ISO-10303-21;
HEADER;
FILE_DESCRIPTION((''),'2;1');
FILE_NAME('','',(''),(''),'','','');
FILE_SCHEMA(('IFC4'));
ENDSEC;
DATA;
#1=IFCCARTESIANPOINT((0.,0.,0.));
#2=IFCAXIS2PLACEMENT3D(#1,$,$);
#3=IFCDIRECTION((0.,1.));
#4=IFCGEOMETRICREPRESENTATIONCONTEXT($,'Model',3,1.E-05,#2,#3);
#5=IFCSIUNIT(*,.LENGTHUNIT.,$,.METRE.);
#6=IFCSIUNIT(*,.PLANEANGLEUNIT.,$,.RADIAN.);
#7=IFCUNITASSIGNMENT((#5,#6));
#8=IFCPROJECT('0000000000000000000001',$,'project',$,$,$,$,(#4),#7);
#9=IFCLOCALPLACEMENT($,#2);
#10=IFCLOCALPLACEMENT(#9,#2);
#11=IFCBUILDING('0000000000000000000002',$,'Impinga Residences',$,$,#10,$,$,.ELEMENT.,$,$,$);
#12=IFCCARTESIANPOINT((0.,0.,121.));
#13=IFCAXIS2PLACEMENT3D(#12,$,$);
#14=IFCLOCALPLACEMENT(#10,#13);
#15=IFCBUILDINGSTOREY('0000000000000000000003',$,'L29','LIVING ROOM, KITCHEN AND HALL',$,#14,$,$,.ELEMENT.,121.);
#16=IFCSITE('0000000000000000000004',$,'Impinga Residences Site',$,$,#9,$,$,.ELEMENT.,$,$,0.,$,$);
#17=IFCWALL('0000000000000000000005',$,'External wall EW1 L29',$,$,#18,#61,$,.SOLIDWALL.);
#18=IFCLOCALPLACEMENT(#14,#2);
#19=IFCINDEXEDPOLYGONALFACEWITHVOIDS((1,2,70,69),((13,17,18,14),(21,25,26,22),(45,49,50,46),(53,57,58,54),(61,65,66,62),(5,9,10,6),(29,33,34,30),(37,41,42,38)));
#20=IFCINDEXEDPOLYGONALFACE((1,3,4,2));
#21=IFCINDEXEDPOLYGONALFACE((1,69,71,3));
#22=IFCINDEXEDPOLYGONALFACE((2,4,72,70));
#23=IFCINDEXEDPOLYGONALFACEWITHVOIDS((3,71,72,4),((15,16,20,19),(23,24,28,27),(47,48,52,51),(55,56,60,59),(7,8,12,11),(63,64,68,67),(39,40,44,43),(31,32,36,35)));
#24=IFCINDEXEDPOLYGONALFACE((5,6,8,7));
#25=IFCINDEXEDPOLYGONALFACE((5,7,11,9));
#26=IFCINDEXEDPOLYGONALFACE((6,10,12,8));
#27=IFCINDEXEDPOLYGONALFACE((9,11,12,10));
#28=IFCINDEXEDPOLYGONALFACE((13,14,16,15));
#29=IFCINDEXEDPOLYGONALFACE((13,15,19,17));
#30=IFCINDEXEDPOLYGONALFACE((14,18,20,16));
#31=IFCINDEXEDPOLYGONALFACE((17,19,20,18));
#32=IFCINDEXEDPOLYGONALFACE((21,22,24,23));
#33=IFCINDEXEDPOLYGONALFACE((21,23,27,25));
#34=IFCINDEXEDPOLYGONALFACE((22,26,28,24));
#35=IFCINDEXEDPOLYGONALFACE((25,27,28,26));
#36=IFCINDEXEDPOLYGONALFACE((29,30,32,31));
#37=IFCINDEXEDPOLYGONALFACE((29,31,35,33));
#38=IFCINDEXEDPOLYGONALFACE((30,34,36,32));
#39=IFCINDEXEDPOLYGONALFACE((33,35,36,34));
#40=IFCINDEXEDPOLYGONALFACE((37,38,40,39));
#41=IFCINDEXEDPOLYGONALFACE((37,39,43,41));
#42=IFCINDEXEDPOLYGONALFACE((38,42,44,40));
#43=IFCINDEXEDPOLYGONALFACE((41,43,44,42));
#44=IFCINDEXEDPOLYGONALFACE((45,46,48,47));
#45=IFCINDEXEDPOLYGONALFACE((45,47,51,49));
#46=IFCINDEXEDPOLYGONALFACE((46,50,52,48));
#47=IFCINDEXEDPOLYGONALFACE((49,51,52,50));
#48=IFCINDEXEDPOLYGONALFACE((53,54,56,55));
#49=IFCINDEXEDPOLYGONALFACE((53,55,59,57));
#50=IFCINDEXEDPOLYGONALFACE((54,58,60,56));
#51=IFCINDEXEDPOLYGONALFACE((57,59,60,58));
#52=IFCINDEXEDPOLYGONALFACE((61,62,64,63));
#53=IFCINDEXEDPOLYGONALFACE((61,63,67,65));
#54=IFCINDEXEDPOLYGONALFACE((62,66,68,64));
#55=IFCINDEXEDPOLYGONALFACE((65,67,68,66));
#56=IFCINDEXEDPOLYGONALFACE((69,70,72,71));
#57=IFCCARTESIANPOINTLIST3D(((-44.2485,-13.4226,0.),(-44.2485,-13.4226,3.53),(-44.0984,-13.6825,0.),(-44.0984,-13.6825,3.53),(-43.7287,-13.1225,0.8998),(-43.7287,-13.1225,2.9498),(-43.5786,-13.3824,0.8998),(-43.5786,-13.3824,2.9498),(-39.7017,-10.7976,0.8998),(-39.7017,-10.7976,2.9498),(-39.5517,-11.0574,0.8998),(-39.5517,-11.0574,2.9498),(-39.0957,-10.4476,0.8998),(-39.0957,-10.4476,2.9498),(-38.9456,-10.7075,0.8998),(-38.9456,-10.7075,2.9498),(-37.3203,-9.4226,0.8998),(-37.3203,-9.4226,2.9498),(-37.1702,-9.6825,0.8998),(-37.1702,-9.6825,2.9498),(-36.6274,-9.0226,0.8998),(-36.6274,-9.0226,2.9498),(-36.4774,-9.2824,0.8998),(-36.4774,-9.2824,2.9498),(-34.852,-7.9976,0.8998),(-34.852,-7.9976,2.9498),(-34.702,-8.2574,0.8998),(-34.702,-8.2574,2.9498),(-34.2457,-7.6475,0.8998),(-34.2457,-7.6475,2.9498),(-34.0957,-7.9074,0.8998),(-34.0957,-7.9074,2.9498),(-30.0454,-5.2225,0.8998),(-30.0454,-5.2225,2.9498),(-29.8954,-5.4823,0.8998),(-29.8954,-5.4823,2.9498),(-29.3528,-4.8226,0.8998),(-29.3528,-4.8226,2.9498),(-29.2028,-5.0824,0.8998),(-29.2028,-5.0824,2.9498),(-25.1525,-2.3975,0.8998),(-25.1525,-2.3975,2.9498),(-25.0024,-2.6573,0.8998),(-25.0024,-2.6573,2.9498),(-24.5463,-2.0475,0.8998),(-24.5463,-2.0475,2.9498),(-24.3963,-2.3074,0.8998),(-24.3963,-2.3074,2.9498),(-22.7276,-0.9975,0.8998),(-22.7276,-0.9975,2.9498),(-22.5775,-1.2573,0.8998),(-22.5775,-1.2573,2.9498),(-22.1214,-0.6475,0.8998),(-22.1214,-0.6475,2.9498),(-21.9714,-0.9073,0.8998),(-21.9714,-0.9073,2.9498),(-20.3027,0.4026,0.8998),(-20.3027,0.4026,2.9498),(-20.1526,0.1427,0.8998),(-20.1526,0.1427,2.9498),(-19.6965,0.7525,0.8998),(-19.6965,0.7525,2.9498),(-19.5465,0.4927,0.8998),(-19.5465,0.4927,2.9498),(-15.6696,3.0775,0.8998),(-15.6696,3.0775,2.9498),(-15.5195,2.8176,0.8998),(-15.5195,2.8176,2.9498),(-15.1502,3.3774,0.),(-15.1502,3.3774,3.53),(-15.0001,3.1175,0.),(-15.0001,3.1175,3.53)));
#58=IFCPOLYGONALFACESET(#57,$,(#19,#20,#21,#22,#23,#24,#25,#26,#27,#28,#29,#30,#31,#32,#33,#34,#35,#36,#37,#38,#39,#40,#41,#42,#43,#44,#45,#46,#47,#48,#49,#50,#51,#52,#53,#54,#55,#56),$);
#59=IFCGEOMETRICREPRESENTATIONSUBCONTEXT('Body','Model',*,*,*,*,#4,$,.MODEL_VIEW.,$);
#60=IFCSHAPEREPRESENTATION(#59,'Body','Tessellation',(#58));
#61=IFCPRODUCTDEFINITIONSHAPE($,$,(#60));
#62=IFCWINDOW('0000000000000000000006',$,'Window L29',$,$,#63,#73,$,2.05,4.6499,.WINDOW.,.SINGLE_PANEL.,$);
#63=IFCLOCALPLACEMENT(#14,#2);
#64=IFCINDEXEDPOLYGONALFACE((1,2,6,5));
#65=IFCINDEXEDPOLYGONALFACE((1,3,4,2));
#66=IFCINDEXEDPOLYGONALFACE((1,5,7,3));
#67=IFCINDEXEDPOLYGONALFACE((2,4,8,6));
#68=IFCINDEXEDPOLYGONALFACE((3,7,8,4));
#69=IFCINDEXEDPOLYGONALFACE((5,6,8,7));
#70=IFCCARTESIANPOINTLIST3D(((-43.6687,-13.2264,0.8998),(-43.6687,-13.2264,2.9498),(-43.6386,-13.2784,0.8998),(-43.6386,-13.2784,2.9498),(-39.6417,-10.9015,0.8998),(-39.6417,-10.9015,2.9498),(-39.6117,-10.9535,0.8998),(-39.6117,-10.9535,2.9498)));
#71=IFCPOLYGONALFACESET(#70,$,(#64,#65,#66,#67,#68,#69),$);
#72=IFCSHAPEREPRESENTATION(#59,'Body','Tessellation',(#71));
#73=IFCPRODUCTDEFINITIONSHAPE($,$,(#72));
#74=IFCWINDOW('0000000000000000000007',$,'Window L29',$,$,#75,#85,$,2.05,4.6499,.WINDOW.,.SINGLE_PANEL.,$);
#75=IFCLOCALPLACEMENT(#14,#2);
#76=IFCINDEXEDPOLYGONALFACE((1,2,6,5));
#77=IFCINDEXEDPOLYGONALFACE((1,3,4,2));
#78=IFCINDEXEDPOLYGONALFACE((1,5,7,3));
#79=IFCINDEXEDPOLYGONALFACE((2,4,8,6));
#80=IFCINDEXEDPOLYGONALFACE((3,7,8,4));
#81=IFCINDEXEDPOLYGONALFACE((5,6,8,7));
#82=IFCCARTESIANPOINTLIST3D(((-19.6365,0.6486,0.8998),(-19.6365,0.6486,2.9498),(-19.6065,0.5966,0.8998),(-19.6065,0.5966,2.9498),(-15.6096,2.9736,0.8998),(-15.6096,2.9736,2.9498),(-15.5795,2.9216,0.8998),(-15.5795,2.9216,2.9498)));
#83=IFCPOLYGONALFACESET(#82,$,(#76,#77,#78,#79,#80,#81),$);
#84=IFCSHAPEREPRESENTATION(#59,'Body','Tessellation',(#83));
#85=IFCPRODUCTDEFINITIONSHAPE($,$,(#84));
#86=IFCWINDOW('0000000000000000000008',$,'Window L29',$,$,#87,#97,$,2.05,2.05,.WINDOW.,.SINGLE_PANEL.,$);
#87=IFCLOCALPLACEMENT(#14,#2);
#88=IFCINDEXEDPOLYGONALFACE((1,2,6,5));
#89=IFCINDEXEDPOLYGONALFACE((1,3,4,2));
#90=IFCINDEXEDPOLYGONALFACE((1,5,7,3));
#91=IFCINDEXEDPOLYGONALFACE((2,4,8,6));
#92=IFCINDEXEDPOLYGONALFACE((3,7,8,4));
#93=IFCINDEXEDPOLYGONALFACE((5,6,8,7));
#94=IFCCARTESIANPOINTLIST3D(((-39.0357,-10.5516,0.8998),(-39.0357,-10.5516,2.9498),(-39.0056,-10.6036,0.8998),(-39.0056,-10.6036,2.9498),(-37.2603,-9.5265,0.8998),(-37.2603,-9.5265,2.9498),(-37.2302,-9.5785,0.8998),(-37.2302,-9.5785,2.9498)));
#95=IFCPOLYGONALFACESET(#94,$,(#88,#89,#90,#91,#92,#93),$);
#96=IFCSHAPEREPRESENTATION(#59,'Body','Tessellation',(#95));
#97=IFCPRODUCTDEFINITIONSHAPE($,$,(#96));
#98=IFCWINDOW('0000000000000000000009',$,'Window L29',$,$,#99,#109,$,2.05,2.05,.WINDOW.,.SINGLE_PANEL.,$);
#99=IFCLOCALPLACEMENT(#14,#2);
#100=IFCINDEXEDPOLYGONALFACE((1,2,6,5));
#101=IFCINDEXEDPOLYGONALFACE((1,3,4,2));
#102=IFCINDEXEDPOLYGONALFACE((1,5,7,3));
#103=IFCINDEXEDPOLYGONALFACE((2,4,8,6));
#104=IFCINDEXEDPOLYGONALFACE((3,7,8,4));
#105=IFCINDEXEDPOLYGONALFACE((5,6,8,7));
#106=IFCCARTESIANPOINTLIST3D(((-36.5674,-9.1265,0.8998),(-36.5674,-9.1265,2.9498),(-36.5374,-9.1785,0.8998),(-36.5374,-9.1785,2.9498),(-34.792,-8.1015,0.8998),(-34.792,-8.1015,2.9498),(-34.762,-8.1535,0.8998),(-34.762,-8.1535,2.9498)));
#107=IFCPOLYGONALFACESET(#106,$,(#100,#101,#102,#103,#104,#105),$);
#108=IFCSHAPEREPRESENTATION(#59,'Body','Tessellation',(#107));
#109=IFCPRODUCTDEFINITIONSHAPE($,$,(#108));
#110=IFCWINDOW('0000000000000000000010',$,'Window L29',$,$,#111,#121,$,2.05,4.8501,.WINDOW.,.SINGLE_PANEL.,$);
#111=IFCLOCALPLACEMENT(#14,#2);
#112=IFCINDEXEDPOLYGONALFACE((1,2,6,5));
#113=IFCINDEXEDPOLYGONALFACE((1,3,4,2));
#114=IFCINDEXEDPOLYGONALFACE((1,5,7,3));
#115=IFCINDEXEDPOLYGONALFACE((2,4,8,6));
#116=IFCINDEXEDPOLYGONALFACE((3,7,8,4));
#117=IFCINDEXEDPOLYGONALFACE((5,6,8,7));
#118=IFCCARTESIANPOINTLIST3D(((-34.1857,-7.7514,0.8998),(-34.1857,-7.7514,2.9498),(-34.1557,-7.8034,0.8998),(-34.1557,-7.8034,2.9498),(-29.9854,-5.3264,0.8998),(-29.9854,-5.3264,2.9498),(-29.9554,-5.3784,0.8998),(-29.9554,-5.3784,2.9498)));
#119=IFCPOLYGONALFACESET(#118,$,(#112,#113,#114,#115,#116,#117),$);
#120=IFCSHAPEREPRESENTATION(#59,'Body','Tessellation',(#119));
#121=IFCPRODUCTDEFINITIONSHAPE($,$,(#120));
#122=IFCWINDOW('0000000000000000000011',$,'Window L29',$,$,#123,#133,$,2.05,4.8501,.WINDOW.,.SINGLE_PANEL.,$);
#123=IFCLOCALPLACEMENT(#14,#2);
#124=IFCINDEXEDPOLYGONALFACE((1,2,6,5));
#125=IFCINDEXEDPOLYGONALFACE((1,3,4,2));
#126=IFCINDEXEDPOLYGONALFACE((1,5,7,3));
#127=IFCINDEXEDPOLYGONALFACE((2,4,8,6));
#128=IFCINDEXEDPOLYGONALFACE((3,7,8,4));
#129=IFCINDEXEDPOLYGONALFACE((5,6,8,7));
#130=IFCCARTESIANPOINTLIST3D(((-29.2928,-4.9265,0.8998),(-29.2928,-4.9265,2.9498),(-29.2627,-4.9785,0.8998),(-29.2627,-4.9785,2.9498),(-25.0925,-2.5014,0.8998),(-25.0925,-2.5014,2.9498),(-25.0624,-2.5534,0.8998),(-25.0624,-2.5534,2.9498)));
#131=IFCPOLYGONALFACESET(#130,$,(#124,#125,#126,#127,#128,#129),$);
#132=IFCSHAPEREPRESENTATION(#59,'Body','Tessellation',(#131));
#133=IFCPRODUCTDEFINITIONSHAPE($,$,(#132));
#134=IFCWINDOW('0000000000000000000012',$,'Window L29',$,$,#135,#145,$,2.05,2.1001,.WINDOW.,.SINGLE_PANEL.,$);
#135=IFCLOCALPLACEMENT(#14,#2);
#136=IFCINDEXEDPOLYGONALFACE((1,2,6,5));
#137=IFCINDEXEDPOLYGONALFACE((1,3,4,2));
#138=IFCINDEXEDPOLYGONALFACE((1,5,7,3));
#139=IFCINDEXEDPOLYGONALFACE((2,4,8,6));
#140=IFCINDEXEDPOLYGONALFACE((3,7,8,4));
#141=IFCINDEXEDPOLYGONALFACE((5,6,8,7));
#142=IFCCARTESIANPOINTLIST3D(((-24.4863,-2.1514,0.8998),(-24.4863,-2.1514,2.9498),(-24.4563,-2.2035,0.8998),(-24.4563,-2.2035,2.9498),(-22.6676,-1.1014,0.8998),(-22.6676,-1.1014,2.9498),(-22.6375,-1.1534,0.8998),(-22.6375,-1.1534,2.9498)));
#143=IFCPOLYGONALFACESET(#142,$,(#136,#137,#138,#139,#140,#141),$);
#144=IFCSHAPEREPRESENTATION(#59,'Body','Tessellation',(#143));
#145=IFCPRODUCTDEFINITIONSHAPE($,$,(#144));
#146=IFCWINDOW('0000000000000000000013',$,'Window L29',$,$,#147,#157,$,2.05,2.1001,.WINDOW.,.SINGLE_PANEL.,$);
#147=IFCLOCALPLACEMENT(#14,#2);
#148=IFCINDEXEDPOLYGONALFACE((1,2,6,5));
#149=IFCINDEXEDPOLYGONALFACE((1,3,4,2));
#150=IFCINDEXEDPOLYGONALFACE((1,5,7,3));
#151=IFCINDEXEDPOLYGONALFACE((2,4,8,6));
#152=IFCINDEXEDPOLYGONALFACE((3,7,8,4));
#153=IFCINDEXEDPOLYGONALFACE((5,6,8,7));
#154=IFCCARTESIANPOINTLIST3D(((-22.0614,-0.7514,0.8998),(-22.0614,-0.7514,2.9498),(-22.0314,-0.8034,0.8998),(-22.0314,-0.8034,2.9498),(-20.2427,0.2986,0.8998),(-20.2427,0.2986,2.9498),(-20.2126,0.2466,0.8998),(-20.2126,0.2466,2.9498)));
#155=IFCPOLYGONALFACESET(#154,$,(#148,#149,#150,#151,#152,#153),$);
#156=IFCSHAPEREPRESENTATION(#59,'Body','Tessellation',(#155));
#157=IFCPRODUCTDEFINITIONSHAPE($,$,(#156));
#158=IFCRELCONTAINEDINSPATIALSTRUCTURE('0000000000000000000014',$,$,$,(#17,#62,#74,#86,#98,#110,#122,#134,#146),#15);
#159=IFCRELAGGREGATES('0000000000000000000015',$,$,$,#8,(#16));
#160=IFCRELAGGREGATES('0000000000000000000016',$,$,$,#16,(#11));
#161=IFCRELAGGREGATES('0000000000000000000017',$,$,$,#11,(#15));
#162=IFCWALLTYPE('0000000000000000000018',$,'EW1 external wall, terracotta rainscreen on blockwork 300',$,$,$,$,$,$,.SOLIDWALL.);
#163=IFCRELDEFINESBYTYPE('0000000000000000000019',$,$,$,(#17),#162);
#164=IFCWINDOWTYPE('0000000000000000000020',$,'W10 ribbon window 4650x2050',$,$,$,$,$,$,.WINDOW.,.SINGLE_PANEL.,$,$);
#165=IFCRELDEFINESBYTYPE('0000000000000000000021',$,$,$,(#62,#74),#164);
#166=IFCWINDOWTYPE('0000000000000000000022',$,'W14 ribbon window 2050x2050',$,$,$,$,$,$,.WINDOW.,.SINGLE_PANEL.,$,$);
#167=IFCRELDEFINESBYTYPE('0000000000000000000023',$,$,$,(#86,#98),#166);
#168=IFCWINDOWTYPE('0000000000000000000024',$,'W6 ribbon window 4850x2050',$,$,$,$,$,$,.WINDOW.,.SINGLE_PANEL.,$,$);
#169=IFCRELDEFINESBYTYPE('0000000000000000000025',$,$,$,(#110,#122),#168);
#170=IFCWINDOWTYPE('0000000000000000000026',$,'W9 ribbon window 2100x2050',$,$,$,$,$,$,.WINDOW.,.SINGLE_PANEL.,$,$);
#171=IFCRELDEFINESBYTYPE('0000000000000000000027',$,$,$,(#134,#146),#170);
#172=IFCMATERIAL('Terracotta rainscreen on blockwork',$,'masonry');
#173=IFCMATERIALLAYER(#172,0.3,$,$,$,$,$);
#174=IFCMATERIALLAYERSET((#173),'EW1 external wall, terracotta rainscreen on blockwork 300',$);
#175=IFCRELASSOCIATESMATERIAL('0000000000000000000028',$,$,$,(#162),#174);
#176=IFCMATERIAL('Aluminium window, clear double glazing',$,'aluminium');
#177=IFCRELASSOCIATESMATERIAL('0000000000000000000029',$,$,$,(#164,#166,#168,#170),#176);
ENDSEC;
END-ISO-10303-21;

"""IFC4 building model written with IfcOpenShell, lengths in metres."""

from ifc_helpers import new_model, si_unit, direction, frame, frame_2d, origin, place, context, subcontext, project, spatial, rectangle, extrude, material, layer, layer_set, type_object, element, fill, save


model = new_model("IFC4")

# Units and contexts
model_context = context("Model", 3, precision=1e-05, world=origin(), true_north=direction((0.0, 1.0)))
body_context = subcontext(model_context, "Body", "Model", "MODEL_VIEW")
ifc_project = project(units=[si_unit("LENGTHUNIT", "METRE"), si_unit("PLANEANGLEUNIT", "RADIAN")], contexts=[model_context])

# Site, building, storey
site_placement = place(None, origin())
site = spatial("IfcSite", under=ifc_project, at=site_placement, Name="Impinga Residences Site", CompositionType="ELEMENT", RefElevation=0.0)
building_placement = place(site_placement, origin())
building = spatial("IfcBuilding", under=site, at=building_placement, Name="Impinga Residences", CompositionType="ELEMENT")
storey_placement = place(building_placement, frame((0.0, 0.0, 121.0)))
storey = spatial("IfcBuildingStorey", under=building, at=storey_placement, Name="L29", Description="LIVING ROOM, KITCHEN AND HALL", CompositionType="ELEMENT", Elevation=121.0)

# Shared definitions
ifc_material_1 = material(Name="Terracotta rainscreen on blockwork", Category="masonry")
ifc_layer_1 = layer(ifc_material_1, 0.3)
ifc_layer_set_1 = layer_set([ifc_layer_1], Name="EW1 external wall, terracotta rainscreen on blockwork 300")
wall_type_1 = type_object("IfcWallType", Name="EW1 external wall, terracotta rainscreen on blockwork 300", PredefinedType="SOLIDWALL", material=ifc_layer_set_1)

# Wall, openings, windows
wall_1_placement = place(storey_placement, frame((-44.1733, -13.5525, 0.0), z_axis=(0.0, 0.0, 1.0), x_axis=(0.866024, 0.500002, 0.0)))
wall_1 = element("IfcWall", 1, at=wall_1_placement, inside=storey, type_object=wall_type_1, Name="External wall EW1 L29", PredefinedType="SOLIDWALL", context=body_context, shape_type="SweptSolid", body=[
    extrude(rectangle(XDim=33.5999, YDim=0.3, at=frame_2d((16.7998, 0.0))), origin(), (0.0, 0.0, 1.0), 3.53),
])
opening_1_placement = place(wall_1_placement, frame((0.6001, 0.0, 0.8999)))
opening_1 = element("IfcOpeningElement", 2, at=opening_1_placement, cuts=wall_1, PredefinedType="OPENING", context=body_context, shape_type="SweptSolid", body=[
    extrude(rectangle(XDim=4.6499, YDim=2.05, at=frame_2d((2.325, 1.0249))), frame((0.0, 0.1599, 0.0), z_axis=(0.0, -1.0, 0.0), x_axis=(1.0, 0.0, 0.0)), (0.0, 0.0, 1.0), 0.3201),
])
opening_2_placement = place(wall_1_placement, frame((5.95, 0.0, 0.8999)))
opening_2 = element("IfcOpeningElement", 3, at=opening_2_placement, cuts=wall_1, PredefinedType="OPENING", context=body_context, shape_type="SweptSolid", body=[
    extrude(rectangle(XDim=2.05, YDim=2.05, at=frame_2d((1.0249, 1.0249))), frame((0.0, 0.1599, 0.0), z_axis=(0.0, -1.0, 0.0), x_axis=(1.0, 0.0, 0.0)), (0.0, 0.0, 1.0), 0.3201),
])
opening_3_placement = place(wall_1_placement, frame((8.8, 0.0, 0.8999)))
opening_3 = element("IfcOpeningElement", 4, at=opening_3_placement, cuts=wall_1, PredefinedType="OPENING", context=body_context, shape_type="SweptSolid", body=[
    extrude(rectangle(XDim=2.05, YDim=2.05, at=frame_2d((1.0249, 1.0249))), frame((0.0, 0.1599, 0.0), z_axis=(0.0, -1.0, 0.0), x_axis=(1.0, 0.0, 0.0)), (0.0, 0.0, 1.0), 0.3201),
])
opening_4_placement = place(wall_1_placement, frame((11.55, 0.0, 0.8999)))
opening_4 = element("IfcOpeningElement", 5, at=opening_4_placement, cuts=wall_1, PredefinedType="OPENING", context=body_context, shape_type="SweptSolid", body=[
    extrude(rectangle(XDim=4.8501, YDim=2.05, at=frame_2d((2.425, 1.0249))), frame((0.0, 0.1599, 0.0), z_axis=(0.0, -1.0, 0.0), x_axis=(1.0, 0.0, 0.0)), (0.0, 0.0, 1.0), 0.3201),
])
opening_5_placement = place(wall_1_placement, frame((17.2, 0.0, 0.8999)))
opening_5 = element("IfcOpeningElement", 6, at=opening_5_placement, cuts=wall_1, PredefinedType="OPENING", context=body_context, shape_type="SweptSolid", body=[
    extrude(rectangle(XDim=4.8501, YDim=2.05, at=frame_2d((2.425, 1.0249))), frame((0.0, 0.1599, 0.0), z_axis=(0.0, -1.0, 0.0), x_axis=(1.0, 0.0, 0.0)), (0.0, 0.0, 1.0), 0.3201),
])
opening_6_placement = place(wall_1_placement, frame((22.75, 0.0, 0.8999)))
opening_6 = element("IfcOpeningElement", 7, at=opening_6_placement, cuts=wall_1, PredefinedType="OPENING", context=body_context, shape_type="SweptSolid", body=[
    extrude(rectangle(XDim=2.1001, YDim=2.05, at=frame_2d((1.05, 1.0249))), frame((0.0, 0.1599, 0.0), z_axis=(0.0, -1.0, 0.0), x_axis=(1.0, 0.0, 0.0)), (0.0, 0.0, 1.0), 0.3201),
])
opening_7_placement = place(wall_1_placement, frame((25.55, 0.0, 0.8999)))
opening_7 = element("IfcOpeningElement", 8, at=opening_7_placement, cuts=wall_1, PredefinedType="OPENING", context=body_context, shape_type="SweptSolid", body=[
    extrude(rectangle(XDim=2.1001, YDim=2.05, at=frame_2d((1.05, 1.0249))), frame((0.0, 0.1599, 0.0), z_axis=(0.0, -1.0, 0.0), x_axis=(1.0, 0.0, 0.0)), (0.0, 0.0, 1.0), 0.3201),
])
opening_8_placement = place(wall_1_placement, frame((28.3501, 0.0, 0.8999)))
opening_8 = element("IfcOpeningElement", 9, at=opening_8_placement, cuts=wall_1, PredefinedType="OPENING", context=body_context, shape_type="SweptSolid", body=[
    extrude(rectangle(XDim=4.6499, YDim=2.05, at=frame_2d((2.325, 1.0249))), frame((0.0, 0.1599, 0.0), z_axis=(0.0, -1.0, 0.0), x_axis=(1.0, 0.0, 0.0)), (0.0, 0.0, 1.0), 0.3201),
])
ifc_material_2 = material(Name="Aluminium window, clear double glazing", Category="aluminium")
window_type_1 = type_object("IfcWindowType", Name="W10 ribbon window 4650x2050", PartitioningType="SINGLE_PANEL", PredefinedType="WINDOW", material=ifc_material_2)
window_1_placement = place(opening_1_placement, origin())
window_1 = element("IfcWindow", 10, at=window_1_placement, inside=storey, type_object=window_type_1, Name="Window L29", OverallHeight=2.05, OverallWidth=4.6499, PartitioningType="SINGLE_PANEL", PredefinedType="WINDOW", context=body_context, shape_type="SweptSolid", body=[
    extrude(rectangle(XDim=4.6499, YDim=2.05, at=frame_2d((2.325, 1.0249))), frame((0.0, 0.03, 0.0), z_axis=(0.0, -1.0, 0.0), x_axis=(1.0, 0.0, 0.0)), (0.0, 0.0, 1.0), 0.0601),
])
fill(opening_1, window_1)
window_2_placement = place(opening_8_placement, origin())
window_2 = element("IfcWindow", 11, at=window_2_placement, inside=storey, type_object=window_type_1, Name="Window L29", OverallHeight=2.05, OverallWidth=4.6499, PartitioningType="SINGLE_PANEL", PredefinedType="WINDOW", context=body_context, shape_type="SweptSolid", body=[
    extrude(rectangle(XDim=4.6499, YDim=2.05, at=frame_2d((2.325, 1.0249))), frame((0.0, 0.03, 0.0), z_axis=(0.0, -1.0, 0.0), x_axis=(1.0, 0.0, 0.0)), (0.0, 0.0, 1.0), 0.0601),
])
fill(opening_8, window_2)
window_type_2 = type_object("IfcWindowType", Name="W14 ribbon window 2050x2050", PartitioningType="SINGLE_PANEL", PredefinedType="WINDOW", material=ifc_material_2)
window_3_placement = place(opening_2_placement, origin())
window_3 = element("IfcWindow", 12, at=window_3_placement, inside=storey, type_object=window_type_2, Name="Window L29", OverallHeight=2.05, OverallWidth=2.05, PartitioningType="SINGLE_PANEL", PredefinedType="WINDOW", context=body_context, shape_type="SweptSolid", body=[
    extrude(rectangle(XDim=2.05, YDim=2.05, at=frame_2d((1.0249, 1.0249))), frame((0.0, 0.03, 0.0), z_axis=(0.0, -1.0, 0.0), x_axis=(1.0, 0.0, 0.0)), (0.0, 0.0, 1.0), 0.0601),
])
fill(opening_2, window_3)
window_4_placement = place(opening_3_placement, origin())
window_4 = element("IfcWindow", 13, at=window_4_placement, inside=storey, type_object=window_type_2, Name="Window L29", OverallHeight=2.05, OverallWidth=2.05, PartitioningType="SINGLE_PANEL", PredefinedType="WINDOW", context=body_context, shape_type="SweptSolid", body=[
    extrude(rectangle(XDim=2.05, YDim=2.05, at=frame_2d((1.0249, 1.0249))), frame((0.0, 0.03, 0.0), z_axis=(0.0, -1.0, 0.0), x_axis=(1.0, 0.0, 0.0)), (0.0, 0.0, 1.0), 0.0601),
])
fill(opening_3, window_4)
window_type_3 = type_object("IfcWindowType", Name="W6 ribbon window 4850x2050", PartitioningType="SINGLE_PANEL", PredefinedType="WINDOW", material=ifc_material_2)
window_5_placement = place(opening_4_placement, origin())
window_5 = element("IfcWindow", 14, at=window_5_placement, inside=storey, type_object=window_type_3, Name="Window L29", OverallHeight=2.05, OverallWidth=4.8501, PartitioningType="SINGLE_PANEL", PredefinedType="WINDOW", context=body_context, shape_type="SweptSolid", body=[
    extrude(rectangle(XDim=4.8501, YDim=2.05, at=frame_2d((2.425, 1.0249))), frame((0.0, 0.03, 0.0), z_axis=(0.0, -1.0, 0.0), x_axis=(1.0, 0.0, 0.0)), (0.0, 0.0, 1.0), 0.0601),
])
fill(opening_4, window_5)
window_6_placement = place(opening_5_placement, origin())
window_6 = element("IfcWindow", 15, at=window_6_placement, inside=storey, type_object=window_type_3, Name="Window L29", OverallHeight=2.05, OverallWidth=4.8501, PartitioningType="SINGLE_PANEL", PredefinedType="WINDOW", context=body_context, shape_type="SweptSolid", body=[
    extrude(rectangle(XDim=4.8501, YDim=2.05, at=frame_2d((2.425, 1.0249))), frame((0.0, 0.03, 0.0), z_axis=(0.0, -1.0, 0.0), x_axis=(1.0, 0.0, 0.0)), (0.0, 0.0, 1.0), 0.0601),
])
fill(opening_5, window_6)
window_type_4 = type_object("IfcWindowType", Name="W9 ribbon window 2100x2050", PartitioningType="SINGLE_PANEL", PredefinedType="WINDOW", material=ifc_material_2)
window_7_placement = place(opening_6_placement, origin())
window_7 = element("IfcWindow", 16, at=window_7_placement, inside=storey, type_object=window_type_4, Name="Window L29", OverallHeight=2.05, OverallWidth=2.1001, PartitioningType="SINGLE_PANEL", PredefinedType="WINDOW", context=body_context, shape_type="SweptSolid", body=[
    extrude(rectangle(XDim=2.1001, YDim=2.05, at=frame_2d((1.05, 1.0249))), frame((0.0, 0.03, 0.0), z_axis=(0.0, -1.0, 0.0), x_axis=(1.0, 0.0, 0.0)), (0.0, 0.0, 1.0), 0.0601),
])
fill(opening_6, window_7)
window_8_placement = place(opening_7_placement, origin())
window_8 = element("IfcWindow", 17, at=window_8_placement, inside=storey, type_object=window_type_4, Name="Window L29", OverallHeight=2.05, OverallWidth=2.1001, PartitioningType="SINGLE_PANEL", PredefinedType="WINDOW", context=body_context, shape_type="SweptSolid", body=[
    extrude(rectangle(XDim=2.1001, YDim=2.05, at=frame_2d((1.05, 1.0249))), frame((0.0, 0.03, 0.0), z_axis=(0.0, -1.0, 0.0), x_axis=(1.0, 0.0, 0.0)), (0.0, 0.0, 1.0), 0.0601),
])
fill(opening_7, window_8)

save(model, "model.ifc")
